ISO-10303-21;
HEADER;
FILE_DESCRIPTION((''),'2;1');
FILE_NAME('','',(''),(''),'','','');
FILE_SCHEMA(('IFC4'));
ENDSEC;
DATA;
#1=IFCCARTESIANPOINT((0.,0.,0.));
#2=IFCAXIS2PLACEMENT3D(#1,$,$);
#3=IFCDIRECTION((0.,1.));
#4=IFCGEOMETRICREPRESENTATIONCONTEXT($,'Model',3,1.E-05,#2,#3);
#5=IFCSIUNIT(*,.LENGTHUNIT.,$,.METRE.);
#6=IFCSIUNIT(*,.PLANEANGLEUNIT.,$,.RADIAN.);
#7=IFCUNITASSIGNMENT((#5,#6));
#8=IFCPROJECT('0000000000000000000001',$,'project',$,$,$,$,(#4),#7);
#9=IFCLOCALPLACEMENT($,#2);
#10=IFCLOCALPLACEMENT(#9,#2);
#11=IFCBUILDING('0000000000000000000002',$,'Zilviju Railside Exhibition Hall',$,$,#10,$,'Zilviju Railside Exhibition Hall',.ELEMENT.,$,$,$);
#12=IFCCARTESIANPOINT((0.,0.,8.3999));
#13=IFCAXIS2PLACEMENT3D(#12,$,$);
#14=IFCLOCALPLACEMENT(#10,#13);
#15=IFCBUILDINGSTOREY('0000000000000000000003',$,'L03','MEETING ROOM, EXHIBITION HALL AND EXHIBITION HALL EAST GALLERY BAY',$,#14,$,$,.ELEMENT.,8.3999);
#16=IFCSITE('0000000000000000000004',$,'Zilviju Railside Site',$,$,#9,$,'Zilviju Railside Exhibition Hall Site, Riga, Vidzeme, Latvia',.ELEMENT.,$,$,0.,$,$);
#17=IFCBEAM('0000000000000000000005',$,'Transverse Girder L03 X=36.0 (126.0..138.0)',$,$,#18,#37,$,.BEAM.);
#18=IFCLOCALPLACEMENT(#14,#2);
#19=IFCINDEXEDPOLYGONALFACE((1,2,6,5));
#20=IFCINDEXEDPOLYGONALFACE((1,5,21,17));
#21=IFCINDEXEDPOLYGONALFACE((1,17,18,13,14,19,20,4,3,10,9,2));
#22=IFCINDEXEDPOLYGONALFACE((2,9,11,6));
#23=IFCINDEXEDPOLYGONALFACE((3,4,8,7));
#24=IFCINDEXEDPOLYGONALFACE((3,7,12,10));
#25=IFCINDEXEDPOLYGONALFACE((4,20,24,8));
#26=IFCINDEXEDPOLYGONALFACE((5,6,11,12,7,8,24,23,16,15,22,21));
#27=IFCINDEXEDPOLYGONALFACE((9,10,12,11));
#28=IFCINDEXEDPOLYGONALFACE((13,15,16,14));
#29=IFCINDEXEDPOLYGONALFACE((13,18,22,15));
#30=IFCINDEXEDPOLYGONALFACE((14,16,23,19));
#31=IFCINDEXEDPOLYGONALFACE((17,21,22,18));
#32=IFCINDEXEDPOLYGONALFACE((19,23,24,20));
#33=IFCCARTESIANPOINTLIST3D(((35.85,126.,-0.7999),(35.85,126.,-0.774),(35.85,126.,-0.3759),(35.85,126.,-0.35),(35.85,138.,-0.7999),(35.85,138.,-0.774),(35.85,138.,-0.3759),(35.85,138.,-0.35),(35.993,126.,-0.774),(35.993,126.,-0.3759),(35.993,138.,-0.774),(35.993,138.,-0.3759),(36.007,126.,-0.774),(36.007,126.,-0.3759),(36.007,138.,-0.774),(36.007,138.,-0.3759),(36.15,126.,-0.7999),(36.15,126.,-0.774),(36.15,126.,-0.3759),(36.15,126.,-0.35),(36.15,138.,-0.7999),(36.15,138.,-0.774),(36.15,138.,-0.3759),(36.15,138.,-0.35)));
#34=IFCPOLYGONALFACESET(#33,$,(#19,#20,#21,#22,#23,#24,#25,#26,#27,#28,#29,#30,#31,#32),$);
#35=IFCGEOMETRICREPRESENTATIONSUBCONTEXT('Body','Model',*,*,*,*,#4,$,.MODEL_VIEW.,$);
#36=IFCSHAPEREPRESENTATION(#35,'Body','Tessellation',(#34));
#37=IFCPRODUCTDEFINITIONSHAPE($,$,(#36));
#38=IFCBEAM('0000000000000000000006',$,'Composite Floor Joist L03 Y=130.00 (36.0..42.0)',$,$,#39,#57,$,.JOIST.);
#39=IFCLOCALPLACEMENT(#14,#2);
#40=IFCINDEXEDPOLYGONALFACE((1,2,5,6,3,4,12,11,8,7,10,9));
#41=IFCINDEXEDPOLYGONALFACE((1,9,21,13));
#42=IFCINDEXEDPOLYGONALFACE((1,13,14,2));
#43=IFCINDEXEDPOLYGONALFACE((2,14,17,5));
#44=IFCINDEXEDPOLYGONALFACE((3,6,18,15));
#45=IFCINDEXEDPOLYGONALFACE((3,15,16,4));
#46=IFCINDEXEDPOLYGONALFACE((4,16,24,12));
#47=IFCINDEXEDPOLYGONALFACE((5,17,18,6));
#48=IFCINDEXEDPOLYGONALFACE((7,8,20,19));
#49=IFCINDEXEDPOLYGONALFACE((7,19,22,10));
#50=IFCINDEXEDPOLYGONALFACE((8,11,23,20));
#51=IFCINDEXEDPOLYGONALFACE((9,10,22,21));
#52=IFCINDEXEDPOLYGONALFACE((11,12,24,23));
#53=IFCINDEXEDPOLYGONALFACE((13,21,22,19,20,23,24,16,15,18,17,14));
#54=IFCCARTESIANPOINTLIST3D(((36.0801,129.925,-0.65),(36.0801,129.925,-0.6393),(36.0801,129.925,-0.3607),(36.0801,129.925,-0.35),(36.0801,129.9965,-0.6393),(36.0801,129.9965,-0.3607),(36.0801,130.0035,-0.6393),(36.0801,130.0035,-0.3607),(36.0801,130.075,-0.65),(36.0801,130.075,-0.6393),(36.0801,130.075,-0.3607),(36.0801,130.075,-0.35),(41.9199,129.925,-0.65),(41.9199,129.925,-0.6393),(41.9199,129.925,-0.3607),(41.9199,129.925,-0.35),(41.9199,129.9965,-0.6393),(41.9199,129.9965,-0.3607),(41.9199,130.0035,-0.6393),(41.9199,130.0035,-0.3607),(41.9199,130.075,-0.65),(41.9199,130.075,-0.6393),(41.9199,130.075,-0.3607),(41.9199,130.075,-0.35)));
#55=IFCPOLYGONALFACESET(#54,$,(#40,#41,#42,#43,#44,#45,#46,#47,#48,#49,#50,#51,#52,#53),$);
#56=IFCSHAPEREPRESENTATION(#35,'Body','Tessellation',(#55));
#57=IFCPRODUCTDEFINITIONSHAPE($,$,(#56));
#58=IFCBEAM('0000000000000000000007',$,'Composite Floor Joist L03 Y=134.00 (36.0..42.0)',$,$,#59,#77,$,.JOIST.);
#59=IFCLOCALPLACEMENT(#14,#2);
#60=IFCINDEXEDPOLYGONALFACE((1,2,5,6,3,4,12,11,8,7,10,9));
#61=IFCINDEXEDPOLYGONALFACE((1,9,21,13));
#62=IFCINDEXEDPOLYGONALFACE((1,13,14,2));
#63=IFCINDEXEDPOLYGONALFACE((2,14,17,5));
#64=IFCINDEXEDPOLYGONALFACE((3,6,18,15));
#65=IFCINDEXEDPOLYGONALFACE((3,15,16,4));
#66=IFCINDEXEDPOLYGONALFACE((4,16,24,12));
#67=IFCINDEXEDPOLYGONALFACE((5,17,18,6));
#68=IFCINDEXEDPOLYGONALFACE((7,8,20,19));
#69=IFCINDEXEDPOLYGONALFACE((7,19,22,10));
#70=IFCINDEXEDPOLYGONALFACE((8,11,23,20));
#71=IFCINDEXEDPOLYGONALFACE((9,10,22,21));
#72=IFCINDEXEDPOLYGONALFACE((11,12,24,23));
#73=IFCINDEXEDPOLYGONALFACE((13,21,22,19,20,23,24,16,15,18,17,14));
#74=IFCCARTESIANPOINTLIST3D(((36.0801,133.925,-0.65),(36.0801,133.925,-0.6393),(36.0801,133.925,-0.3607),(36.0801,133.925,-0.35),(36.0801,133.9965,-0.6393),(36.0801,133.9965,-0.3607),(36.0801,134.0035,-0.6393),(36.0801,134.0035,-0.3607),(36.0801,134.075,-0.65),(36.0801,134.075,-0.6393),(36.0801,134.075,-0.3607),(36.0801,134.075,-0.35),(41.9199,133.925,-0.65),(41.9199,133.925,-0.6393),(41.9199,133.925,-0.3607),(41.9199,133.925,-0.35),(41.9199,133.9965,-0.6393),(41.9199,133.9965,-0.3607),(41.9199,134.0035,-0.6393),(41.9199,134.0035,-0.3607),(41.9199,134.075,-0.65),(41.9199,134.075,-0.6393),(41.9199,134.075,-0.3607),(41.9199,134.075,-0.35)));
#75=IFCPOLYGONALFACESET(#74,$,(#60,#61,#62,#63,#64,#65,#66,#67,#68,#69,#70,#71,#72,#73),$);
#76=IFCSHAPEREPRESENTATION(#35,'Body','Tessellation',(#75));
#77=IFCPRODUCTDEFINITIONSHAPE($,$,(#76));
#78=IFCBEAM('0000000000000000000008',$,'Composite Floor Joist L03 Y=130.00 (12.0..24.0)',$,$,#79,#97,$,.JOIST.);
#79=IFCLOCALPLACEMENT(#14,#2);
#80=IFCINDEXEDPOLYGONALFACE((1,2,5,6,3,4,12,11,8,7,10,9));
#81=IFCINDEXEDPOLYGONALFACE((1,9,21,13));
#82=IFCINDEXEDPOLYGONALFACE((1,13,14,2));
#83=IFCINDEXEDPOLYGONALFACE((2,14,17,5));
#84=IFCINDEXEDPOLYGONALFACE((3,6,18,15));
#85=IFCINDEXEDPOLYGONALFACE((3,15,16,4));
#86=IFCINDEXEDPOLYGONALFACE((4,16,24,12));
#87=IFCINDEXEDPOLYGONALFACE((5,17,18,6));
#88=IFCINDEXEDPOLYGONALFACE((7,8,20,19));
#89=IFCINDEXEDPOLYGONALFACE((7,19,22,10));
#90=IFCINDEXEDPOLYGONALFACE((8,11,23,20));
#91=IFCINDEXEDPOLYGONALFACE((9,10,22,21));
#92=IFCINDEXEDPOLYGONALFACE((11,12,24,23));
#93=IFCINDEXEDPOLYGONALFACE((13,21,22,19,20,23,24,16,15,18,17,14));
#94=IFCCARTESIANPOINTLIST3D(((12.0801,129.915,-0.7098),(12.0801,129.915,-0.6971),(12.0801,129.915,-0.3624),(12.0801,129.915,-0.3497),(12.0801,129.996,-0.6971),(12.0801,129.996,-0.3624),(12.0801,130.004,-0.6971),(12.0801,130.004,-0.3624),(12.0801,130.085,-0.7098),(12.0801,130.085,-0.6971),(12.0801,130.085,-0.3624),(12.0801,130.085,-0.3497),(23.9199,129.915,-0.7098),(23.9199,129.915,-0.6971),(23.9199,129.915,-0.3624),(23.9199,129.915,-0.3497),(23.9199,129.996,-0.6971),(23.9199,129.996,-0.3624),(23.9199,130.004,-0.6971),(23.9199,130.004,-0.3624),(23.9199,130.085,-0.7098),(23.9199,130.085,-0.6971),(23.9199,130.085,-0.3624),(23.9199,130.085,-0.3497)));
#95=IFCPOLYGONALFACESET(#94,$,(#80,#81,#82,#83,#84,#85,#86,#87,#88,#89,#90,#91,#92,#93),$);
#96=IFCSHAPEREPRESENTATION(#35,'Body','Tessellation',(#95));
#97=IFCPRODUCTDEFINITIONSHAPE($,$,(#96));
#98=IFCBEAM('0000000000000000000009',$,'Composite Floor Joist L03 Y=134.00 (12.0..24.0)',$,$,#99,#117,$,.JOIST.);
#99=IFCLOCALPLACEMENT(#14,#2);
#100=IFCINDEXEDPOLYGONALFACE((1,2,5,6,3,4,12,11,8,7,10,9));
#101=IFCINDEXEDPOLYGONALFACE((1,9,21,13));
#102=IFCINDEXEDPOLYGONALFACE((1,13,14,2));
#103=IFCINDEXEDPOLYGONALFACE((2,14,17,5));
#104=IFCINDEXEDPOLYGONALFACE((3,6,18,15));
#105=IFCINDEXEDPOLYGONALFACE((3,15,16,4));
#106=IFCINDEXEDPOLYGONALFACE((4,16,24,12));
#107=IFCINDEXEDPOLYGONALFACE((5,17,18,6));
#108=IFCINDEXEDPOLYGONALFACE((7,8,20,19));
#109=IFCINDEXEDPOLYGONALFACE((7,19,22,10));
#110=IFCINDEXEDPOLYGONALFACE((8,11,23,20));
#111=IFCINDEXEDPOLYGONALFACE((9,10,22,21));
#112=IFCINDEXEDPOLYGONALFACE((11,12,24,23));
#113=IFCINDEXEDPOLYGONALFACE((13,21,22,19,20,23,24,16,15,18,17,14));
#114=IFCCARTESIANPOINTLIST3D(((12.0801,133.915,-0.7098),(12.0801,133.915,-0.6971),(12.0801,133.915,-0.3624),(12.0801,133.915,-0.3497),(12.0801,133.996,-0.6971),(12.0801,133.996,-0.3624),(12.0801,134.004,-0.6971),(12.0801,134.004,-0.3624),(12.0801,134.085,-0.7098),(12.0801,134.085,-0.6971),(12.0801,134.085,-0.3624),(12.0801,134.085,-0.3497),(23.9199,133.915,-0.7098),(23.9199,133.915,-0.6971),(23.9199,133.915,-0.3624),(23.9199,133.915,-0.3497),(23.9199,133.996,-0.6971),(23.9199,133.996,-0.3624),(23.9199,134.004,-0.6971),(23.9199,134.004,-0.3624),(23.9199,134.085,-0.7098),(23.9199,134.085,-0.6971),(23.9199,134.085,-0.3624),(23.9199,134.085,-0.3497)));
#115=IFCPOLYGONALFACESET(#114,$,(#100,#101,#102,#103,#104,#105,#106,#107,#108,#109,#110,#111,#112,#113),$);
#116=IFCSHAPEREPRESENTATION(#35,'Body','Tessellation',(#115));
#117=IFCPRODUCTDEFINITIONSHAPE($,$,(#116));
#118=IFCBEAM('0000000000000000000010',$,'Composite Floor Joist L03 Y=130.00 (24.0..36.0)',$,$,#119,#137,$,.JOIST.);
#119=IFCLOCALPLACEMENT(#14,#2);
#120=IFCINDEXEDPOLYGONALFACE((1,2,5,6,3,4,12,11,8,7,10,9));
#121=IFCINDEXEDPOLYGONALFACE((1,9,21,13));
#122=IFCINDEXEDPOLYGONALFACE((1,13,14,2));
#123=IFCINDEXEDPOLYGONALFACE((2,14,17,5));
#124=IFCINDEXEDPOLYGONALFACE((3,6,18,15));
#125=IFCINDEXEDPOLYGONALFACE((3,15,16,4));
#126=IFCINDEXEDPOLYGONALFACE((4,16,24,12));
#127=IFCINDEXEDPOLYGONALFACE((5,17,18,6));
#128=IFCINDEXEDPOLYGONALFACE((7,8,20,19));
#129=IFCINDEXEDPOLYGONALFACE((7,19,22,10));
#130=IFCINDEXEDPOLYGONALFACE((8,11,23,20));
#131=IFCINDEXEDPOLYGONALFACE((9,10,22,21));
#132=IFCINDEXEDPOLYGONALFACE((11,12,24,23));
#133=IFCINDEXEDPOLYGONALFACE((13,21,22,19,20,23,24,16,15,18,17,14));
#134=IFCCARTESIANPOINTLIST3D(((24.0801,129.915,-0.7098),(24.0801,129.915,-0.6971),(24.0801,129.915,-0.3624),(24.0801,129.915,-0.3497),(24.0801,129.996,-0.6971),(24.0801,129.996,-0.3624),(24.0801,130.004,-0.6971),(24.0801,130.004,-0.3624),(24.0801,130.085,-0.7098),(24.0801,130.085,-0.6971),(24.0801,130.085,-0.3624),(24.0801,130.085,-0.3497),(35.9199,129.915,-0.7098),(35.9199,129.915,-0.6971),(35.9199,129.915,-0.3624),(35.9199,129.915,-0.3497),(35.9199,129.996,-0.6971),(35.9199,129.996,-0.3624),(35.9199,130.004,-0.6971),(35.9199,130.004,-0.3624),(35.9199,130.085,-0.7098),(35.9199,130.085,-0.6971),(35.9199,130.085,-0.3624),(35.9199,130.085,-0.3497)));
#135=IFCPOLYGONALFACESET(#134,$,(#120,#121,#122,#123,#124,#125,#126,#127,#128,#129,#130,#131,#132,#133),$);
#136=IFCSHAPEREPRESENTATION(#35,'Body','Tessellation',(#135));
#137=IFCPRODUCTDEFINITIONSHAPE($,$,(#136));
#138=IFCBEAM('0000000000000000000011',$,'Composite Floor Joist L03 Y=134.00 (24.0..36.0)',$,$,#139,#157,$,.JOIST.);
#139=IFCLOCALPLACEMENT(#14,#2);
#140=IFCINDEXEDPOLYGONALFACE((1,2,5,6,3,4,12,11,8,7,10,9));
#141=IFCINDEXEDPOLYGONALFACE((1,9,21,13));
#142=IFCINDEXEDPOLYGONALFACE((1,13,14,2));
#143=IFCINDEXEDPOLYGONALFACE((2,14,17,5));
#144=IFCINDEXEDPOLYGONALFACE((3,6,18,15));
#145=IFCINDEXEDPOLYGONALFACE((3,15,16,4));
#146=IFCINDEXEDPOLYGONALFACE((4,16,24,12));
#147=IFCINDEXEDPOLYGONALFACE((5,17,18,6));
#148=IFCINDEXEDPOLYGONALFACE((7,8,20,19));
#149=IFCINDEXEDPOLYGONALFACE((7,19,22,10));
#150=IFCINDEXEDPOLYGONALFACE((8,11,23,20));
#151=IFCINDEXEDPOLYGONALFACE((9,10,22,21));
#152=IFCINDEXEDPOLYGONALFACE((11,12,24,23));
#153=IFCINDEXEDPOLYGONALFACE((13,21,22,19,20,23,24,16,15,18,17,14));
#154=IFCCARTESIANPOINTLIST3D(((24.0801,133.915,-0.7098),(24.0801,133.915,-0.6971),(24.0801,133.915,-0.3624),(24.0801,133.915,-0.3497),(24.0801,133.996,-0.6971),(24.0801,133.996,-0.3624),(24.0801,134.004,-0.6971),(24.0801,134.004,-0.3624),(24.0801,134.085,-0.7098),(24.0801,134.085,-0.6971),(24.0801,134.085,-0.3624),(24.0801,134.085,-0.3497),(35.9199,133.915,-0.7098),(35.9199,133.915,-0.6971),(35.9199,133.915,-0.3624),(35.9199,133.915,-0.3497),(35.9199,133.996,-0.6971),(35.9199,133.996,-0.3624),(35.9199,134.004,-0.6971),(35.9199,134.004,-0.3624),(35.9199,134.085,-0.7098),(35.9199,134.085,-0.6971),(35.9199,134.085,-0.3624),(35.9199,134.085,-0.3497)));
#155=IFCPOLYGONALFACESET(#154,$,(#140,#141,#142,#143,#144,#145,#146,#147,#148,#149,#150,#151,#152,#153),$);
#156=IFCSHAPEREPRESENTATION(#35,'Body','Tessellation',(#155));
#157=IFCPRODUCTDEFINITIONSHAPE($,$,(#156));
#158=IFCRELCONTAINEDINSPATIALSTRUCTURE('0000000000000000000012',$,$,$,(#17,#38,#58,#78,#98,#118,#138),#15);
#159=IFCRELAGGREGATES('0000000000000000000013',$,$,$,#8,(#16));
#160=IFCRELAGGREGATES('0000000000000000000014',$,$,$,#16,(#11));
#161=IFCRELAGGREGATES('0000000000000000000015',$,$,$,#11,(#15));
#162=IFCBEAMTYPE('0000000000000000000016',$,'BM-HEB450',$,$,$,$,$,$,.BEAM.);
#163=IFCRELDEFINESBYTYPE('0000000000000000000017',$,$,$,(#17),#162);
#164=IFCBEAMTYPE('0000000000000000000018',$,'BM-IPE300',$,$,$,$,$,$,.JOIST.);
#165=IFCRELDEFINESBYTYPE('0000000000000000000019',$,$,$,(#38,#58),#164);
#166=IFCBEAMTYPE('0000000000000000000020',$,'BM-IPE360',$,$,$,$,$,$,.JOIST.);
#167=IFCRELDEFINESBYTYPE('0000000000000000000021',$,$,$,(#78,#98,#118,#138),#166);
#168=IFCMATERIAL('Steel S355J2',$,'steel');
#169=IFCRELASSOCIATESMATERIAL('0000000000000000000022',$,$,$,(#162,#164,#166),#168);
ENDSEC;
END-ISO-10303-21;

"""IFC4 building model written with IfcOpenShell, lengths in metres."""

from ifc_helpers import new_model, si_unit, direction, frame, origin, origin_2d, place, context, subcontext, project, spatial, i_section, extrude, material, material_profile, profile_set, type_object, element, save


model = new_model("IFC4")

# Units and contexts
model_context = context("Model", 3, precision=1e-05, world=origin(), true_north=direction((0.0, 1.0)))
body_context = subcontext(model_context, "Body", "Model", "MODEL_VIEW")
ifc_project = project(units=[si_unit("LENGTHUNIT", "METRE"), si_unit("PLANEANGLEUNIT", "RADIAN")], contexts=[model_context])

# Site, building, storey
site_placement = place(None, origin())
site = spatial("IfcSite", under=ifc_project, at=site_placement, Name="Zilviju Railside Site", LongName="Zilviju Railside Exhibition Hall Site, Riga, Vidzeme, Latvia", CompositionType="ELEMENT", RefElevation=0.0)
building_placement = place(site_placement, origin())
building = spatial("IfcBuilding", under=site, at=building_placement, Name="Zilviju Railside Exhibition Hall", LongName="Zilviju Railside Exhibition Hall", CompositionType="ELEMENT")
storey_placement = place(building_placement, frame((0.0, 0.0, 8.3999)))
storey = spatial("IfcBuildingStorey", under=building, at=storey_placement, Name="L03", Description="MEETING ROOM, EXHIBITION HALL AND EXHIBITION HALL EAST GALLERY BAY", CompositionType="ELEMENT", Elevation=8.3999)

# Shared definitions
ifc_material_1 = material(Name="Steel S355J2", Category="steel")

# Beams
ifc_material_profile_1 = material_profile(ifc_material_1, i_section(OverallWidth=0.3, OverallDepth=0.45, WebThickness=0.0139, FlangeThickness=0.0259, at=origin_2d()), Name="HEB 450")
ifc_profile_set_1 = profile_set([ifc_material_profile_1], Name="Steel S355J2")
beam_type_1 = type_object("IfcBeamType", Name="BM-HEB450", PredefinedType="BEAM", material=ifc_profile_set_1)
beam_1_placement = place(storey_placement, frame((36.0, 126.0, -0.575), z_axis=(0.0, 1.0, 0.0), x_axis=(-1.0, 0.0, 0.0)))
element("IfcBeam", 1, at=beam_1_placement, inside=storey, type_object=beam_type_1, Name="Transverse Girder L03 X=36.0 (126.0..138.0)", PredefinedType="BEAM", context=body_context, shape_type="SweptSolid", body=[
    extrude(i_section(OverallWidth=0.3, OverallDepth=0.45, WebThickness=0.0139, FlangeThickness=0.0259, at=origin_2d()), origin(), (0.0, 0.0, 1.0), 12.0),
])
ifc_material_profile_2 = material_profile(ifc_material_1, i_section(OverallWidth=0.1499, OverallDepth=0.3, WebThickness=0.0071, FlangeThickness=0.0107, at=origin_2d()), Name="IPE 300")
ifc_profile_set_2 = profile_set([ifc_material_profile_2], Name="Steel S355J2")
beam_type_2 = type_object("IfcBeamType", Name="BM-IPE300", PredefinedType="JOIST", material=ifc_profile_set_2)
for number, where, z_axis, x_axis, name in (
    (2, (36.0801, 130.0, -0.5), (1.0, 0.0, 0.0), (0.0, 1.0, 0.0), "Composite Floor Joist L03 Y=130.00 (36.0..42.0)"),
    (3, (36.0801, 134.0, -0.5), (1.0, 0.0, 0.0), (0.0, 1.0, 0.0), "Composite Floor Joist L03 Y=134.00 (36.0..42.0)"),
):
    element("IfcBeam", number, at=place(storey_placement, frame(where, z_axis=z_axis, x_axis=x_axis)), inside=storey, type_object=beam_type_2, Name=name, PredefinedType="JOIST", context=body_context, shape_type="SweptSolid", body=[
        extrude(i_section(OverallWidth=0.1499, OverallDepth=0.3, WebThickness=0.0071, FlangeThickness=0.0107, at=origin_2d()), origin(), (0.0, 0.0, 1.0), 5.8398),
    ])
ifc_material_profile_3 = material_profile(ifc_material_1, i_section(OverallWidth=0.1699, OverallDepth=0.3601, WebThickness=0.0081, FlangeThickness=0.0127, at=origin_2d()), Name="IPE 360")
ifc_profile_set_3 = profile_set([ifc_material_profile_3], Name="Steel S355J2")
beam_type_3 = type_object("IfcBeamType", Name="BM-IPE360", PredefinedType="JOIST", material=ifc_profile_set_3)
for number, where, z_axis, x_axis, name in (
    (4, (12.0801, 130.0, -0.5298), (1.0, 0.0, 0.0), (0.0, 1.0, 0.0), "Composite Floor Joist L03 Y=130.00 (12.0..24.0)"),
    (5, (12.0801, 134.0, -0.5298), (1.0, 0.0, 0.0), (0.0, 1.0, 0.0), "Composite Floor Joist L03 Y=134.00 (12.0..24.0)"),
    (6, (24.0801, 130.0, -0.5298), (1.0, 0.0, 0.0), (0.0, 1.0, 0.0), "Composite Floor Joist L03 Y=130.00 (24.0..36.0)"),
    (7, (24.0801, 134.0, -0.5298), (1.0, 0.0, 0.0), (0.0, 1.0, 0.0), "Composite Floor Joist L03 Y=134.00 (24.0..36.0)"),
):
    element("IfcBeam", number, at=place(storey_placement, frame(where, z_axis=z_axis, x_axis=x_axis)), inside=storey, type_object=beam_type_3, Name=name, PredefinedType="JOIST", context=body_context, shape_type="SweptSolid", body=[
        extrude(i_section(OverallWidth=0.1699, OverallDepth=0.3601, WebThickness=0.0081, FlangeThickness=0.0127, at=origin_2d()), origin(), (0.0, 0.0, 1.0), 11.8398),
    ])

save(model, "model.ifc")
